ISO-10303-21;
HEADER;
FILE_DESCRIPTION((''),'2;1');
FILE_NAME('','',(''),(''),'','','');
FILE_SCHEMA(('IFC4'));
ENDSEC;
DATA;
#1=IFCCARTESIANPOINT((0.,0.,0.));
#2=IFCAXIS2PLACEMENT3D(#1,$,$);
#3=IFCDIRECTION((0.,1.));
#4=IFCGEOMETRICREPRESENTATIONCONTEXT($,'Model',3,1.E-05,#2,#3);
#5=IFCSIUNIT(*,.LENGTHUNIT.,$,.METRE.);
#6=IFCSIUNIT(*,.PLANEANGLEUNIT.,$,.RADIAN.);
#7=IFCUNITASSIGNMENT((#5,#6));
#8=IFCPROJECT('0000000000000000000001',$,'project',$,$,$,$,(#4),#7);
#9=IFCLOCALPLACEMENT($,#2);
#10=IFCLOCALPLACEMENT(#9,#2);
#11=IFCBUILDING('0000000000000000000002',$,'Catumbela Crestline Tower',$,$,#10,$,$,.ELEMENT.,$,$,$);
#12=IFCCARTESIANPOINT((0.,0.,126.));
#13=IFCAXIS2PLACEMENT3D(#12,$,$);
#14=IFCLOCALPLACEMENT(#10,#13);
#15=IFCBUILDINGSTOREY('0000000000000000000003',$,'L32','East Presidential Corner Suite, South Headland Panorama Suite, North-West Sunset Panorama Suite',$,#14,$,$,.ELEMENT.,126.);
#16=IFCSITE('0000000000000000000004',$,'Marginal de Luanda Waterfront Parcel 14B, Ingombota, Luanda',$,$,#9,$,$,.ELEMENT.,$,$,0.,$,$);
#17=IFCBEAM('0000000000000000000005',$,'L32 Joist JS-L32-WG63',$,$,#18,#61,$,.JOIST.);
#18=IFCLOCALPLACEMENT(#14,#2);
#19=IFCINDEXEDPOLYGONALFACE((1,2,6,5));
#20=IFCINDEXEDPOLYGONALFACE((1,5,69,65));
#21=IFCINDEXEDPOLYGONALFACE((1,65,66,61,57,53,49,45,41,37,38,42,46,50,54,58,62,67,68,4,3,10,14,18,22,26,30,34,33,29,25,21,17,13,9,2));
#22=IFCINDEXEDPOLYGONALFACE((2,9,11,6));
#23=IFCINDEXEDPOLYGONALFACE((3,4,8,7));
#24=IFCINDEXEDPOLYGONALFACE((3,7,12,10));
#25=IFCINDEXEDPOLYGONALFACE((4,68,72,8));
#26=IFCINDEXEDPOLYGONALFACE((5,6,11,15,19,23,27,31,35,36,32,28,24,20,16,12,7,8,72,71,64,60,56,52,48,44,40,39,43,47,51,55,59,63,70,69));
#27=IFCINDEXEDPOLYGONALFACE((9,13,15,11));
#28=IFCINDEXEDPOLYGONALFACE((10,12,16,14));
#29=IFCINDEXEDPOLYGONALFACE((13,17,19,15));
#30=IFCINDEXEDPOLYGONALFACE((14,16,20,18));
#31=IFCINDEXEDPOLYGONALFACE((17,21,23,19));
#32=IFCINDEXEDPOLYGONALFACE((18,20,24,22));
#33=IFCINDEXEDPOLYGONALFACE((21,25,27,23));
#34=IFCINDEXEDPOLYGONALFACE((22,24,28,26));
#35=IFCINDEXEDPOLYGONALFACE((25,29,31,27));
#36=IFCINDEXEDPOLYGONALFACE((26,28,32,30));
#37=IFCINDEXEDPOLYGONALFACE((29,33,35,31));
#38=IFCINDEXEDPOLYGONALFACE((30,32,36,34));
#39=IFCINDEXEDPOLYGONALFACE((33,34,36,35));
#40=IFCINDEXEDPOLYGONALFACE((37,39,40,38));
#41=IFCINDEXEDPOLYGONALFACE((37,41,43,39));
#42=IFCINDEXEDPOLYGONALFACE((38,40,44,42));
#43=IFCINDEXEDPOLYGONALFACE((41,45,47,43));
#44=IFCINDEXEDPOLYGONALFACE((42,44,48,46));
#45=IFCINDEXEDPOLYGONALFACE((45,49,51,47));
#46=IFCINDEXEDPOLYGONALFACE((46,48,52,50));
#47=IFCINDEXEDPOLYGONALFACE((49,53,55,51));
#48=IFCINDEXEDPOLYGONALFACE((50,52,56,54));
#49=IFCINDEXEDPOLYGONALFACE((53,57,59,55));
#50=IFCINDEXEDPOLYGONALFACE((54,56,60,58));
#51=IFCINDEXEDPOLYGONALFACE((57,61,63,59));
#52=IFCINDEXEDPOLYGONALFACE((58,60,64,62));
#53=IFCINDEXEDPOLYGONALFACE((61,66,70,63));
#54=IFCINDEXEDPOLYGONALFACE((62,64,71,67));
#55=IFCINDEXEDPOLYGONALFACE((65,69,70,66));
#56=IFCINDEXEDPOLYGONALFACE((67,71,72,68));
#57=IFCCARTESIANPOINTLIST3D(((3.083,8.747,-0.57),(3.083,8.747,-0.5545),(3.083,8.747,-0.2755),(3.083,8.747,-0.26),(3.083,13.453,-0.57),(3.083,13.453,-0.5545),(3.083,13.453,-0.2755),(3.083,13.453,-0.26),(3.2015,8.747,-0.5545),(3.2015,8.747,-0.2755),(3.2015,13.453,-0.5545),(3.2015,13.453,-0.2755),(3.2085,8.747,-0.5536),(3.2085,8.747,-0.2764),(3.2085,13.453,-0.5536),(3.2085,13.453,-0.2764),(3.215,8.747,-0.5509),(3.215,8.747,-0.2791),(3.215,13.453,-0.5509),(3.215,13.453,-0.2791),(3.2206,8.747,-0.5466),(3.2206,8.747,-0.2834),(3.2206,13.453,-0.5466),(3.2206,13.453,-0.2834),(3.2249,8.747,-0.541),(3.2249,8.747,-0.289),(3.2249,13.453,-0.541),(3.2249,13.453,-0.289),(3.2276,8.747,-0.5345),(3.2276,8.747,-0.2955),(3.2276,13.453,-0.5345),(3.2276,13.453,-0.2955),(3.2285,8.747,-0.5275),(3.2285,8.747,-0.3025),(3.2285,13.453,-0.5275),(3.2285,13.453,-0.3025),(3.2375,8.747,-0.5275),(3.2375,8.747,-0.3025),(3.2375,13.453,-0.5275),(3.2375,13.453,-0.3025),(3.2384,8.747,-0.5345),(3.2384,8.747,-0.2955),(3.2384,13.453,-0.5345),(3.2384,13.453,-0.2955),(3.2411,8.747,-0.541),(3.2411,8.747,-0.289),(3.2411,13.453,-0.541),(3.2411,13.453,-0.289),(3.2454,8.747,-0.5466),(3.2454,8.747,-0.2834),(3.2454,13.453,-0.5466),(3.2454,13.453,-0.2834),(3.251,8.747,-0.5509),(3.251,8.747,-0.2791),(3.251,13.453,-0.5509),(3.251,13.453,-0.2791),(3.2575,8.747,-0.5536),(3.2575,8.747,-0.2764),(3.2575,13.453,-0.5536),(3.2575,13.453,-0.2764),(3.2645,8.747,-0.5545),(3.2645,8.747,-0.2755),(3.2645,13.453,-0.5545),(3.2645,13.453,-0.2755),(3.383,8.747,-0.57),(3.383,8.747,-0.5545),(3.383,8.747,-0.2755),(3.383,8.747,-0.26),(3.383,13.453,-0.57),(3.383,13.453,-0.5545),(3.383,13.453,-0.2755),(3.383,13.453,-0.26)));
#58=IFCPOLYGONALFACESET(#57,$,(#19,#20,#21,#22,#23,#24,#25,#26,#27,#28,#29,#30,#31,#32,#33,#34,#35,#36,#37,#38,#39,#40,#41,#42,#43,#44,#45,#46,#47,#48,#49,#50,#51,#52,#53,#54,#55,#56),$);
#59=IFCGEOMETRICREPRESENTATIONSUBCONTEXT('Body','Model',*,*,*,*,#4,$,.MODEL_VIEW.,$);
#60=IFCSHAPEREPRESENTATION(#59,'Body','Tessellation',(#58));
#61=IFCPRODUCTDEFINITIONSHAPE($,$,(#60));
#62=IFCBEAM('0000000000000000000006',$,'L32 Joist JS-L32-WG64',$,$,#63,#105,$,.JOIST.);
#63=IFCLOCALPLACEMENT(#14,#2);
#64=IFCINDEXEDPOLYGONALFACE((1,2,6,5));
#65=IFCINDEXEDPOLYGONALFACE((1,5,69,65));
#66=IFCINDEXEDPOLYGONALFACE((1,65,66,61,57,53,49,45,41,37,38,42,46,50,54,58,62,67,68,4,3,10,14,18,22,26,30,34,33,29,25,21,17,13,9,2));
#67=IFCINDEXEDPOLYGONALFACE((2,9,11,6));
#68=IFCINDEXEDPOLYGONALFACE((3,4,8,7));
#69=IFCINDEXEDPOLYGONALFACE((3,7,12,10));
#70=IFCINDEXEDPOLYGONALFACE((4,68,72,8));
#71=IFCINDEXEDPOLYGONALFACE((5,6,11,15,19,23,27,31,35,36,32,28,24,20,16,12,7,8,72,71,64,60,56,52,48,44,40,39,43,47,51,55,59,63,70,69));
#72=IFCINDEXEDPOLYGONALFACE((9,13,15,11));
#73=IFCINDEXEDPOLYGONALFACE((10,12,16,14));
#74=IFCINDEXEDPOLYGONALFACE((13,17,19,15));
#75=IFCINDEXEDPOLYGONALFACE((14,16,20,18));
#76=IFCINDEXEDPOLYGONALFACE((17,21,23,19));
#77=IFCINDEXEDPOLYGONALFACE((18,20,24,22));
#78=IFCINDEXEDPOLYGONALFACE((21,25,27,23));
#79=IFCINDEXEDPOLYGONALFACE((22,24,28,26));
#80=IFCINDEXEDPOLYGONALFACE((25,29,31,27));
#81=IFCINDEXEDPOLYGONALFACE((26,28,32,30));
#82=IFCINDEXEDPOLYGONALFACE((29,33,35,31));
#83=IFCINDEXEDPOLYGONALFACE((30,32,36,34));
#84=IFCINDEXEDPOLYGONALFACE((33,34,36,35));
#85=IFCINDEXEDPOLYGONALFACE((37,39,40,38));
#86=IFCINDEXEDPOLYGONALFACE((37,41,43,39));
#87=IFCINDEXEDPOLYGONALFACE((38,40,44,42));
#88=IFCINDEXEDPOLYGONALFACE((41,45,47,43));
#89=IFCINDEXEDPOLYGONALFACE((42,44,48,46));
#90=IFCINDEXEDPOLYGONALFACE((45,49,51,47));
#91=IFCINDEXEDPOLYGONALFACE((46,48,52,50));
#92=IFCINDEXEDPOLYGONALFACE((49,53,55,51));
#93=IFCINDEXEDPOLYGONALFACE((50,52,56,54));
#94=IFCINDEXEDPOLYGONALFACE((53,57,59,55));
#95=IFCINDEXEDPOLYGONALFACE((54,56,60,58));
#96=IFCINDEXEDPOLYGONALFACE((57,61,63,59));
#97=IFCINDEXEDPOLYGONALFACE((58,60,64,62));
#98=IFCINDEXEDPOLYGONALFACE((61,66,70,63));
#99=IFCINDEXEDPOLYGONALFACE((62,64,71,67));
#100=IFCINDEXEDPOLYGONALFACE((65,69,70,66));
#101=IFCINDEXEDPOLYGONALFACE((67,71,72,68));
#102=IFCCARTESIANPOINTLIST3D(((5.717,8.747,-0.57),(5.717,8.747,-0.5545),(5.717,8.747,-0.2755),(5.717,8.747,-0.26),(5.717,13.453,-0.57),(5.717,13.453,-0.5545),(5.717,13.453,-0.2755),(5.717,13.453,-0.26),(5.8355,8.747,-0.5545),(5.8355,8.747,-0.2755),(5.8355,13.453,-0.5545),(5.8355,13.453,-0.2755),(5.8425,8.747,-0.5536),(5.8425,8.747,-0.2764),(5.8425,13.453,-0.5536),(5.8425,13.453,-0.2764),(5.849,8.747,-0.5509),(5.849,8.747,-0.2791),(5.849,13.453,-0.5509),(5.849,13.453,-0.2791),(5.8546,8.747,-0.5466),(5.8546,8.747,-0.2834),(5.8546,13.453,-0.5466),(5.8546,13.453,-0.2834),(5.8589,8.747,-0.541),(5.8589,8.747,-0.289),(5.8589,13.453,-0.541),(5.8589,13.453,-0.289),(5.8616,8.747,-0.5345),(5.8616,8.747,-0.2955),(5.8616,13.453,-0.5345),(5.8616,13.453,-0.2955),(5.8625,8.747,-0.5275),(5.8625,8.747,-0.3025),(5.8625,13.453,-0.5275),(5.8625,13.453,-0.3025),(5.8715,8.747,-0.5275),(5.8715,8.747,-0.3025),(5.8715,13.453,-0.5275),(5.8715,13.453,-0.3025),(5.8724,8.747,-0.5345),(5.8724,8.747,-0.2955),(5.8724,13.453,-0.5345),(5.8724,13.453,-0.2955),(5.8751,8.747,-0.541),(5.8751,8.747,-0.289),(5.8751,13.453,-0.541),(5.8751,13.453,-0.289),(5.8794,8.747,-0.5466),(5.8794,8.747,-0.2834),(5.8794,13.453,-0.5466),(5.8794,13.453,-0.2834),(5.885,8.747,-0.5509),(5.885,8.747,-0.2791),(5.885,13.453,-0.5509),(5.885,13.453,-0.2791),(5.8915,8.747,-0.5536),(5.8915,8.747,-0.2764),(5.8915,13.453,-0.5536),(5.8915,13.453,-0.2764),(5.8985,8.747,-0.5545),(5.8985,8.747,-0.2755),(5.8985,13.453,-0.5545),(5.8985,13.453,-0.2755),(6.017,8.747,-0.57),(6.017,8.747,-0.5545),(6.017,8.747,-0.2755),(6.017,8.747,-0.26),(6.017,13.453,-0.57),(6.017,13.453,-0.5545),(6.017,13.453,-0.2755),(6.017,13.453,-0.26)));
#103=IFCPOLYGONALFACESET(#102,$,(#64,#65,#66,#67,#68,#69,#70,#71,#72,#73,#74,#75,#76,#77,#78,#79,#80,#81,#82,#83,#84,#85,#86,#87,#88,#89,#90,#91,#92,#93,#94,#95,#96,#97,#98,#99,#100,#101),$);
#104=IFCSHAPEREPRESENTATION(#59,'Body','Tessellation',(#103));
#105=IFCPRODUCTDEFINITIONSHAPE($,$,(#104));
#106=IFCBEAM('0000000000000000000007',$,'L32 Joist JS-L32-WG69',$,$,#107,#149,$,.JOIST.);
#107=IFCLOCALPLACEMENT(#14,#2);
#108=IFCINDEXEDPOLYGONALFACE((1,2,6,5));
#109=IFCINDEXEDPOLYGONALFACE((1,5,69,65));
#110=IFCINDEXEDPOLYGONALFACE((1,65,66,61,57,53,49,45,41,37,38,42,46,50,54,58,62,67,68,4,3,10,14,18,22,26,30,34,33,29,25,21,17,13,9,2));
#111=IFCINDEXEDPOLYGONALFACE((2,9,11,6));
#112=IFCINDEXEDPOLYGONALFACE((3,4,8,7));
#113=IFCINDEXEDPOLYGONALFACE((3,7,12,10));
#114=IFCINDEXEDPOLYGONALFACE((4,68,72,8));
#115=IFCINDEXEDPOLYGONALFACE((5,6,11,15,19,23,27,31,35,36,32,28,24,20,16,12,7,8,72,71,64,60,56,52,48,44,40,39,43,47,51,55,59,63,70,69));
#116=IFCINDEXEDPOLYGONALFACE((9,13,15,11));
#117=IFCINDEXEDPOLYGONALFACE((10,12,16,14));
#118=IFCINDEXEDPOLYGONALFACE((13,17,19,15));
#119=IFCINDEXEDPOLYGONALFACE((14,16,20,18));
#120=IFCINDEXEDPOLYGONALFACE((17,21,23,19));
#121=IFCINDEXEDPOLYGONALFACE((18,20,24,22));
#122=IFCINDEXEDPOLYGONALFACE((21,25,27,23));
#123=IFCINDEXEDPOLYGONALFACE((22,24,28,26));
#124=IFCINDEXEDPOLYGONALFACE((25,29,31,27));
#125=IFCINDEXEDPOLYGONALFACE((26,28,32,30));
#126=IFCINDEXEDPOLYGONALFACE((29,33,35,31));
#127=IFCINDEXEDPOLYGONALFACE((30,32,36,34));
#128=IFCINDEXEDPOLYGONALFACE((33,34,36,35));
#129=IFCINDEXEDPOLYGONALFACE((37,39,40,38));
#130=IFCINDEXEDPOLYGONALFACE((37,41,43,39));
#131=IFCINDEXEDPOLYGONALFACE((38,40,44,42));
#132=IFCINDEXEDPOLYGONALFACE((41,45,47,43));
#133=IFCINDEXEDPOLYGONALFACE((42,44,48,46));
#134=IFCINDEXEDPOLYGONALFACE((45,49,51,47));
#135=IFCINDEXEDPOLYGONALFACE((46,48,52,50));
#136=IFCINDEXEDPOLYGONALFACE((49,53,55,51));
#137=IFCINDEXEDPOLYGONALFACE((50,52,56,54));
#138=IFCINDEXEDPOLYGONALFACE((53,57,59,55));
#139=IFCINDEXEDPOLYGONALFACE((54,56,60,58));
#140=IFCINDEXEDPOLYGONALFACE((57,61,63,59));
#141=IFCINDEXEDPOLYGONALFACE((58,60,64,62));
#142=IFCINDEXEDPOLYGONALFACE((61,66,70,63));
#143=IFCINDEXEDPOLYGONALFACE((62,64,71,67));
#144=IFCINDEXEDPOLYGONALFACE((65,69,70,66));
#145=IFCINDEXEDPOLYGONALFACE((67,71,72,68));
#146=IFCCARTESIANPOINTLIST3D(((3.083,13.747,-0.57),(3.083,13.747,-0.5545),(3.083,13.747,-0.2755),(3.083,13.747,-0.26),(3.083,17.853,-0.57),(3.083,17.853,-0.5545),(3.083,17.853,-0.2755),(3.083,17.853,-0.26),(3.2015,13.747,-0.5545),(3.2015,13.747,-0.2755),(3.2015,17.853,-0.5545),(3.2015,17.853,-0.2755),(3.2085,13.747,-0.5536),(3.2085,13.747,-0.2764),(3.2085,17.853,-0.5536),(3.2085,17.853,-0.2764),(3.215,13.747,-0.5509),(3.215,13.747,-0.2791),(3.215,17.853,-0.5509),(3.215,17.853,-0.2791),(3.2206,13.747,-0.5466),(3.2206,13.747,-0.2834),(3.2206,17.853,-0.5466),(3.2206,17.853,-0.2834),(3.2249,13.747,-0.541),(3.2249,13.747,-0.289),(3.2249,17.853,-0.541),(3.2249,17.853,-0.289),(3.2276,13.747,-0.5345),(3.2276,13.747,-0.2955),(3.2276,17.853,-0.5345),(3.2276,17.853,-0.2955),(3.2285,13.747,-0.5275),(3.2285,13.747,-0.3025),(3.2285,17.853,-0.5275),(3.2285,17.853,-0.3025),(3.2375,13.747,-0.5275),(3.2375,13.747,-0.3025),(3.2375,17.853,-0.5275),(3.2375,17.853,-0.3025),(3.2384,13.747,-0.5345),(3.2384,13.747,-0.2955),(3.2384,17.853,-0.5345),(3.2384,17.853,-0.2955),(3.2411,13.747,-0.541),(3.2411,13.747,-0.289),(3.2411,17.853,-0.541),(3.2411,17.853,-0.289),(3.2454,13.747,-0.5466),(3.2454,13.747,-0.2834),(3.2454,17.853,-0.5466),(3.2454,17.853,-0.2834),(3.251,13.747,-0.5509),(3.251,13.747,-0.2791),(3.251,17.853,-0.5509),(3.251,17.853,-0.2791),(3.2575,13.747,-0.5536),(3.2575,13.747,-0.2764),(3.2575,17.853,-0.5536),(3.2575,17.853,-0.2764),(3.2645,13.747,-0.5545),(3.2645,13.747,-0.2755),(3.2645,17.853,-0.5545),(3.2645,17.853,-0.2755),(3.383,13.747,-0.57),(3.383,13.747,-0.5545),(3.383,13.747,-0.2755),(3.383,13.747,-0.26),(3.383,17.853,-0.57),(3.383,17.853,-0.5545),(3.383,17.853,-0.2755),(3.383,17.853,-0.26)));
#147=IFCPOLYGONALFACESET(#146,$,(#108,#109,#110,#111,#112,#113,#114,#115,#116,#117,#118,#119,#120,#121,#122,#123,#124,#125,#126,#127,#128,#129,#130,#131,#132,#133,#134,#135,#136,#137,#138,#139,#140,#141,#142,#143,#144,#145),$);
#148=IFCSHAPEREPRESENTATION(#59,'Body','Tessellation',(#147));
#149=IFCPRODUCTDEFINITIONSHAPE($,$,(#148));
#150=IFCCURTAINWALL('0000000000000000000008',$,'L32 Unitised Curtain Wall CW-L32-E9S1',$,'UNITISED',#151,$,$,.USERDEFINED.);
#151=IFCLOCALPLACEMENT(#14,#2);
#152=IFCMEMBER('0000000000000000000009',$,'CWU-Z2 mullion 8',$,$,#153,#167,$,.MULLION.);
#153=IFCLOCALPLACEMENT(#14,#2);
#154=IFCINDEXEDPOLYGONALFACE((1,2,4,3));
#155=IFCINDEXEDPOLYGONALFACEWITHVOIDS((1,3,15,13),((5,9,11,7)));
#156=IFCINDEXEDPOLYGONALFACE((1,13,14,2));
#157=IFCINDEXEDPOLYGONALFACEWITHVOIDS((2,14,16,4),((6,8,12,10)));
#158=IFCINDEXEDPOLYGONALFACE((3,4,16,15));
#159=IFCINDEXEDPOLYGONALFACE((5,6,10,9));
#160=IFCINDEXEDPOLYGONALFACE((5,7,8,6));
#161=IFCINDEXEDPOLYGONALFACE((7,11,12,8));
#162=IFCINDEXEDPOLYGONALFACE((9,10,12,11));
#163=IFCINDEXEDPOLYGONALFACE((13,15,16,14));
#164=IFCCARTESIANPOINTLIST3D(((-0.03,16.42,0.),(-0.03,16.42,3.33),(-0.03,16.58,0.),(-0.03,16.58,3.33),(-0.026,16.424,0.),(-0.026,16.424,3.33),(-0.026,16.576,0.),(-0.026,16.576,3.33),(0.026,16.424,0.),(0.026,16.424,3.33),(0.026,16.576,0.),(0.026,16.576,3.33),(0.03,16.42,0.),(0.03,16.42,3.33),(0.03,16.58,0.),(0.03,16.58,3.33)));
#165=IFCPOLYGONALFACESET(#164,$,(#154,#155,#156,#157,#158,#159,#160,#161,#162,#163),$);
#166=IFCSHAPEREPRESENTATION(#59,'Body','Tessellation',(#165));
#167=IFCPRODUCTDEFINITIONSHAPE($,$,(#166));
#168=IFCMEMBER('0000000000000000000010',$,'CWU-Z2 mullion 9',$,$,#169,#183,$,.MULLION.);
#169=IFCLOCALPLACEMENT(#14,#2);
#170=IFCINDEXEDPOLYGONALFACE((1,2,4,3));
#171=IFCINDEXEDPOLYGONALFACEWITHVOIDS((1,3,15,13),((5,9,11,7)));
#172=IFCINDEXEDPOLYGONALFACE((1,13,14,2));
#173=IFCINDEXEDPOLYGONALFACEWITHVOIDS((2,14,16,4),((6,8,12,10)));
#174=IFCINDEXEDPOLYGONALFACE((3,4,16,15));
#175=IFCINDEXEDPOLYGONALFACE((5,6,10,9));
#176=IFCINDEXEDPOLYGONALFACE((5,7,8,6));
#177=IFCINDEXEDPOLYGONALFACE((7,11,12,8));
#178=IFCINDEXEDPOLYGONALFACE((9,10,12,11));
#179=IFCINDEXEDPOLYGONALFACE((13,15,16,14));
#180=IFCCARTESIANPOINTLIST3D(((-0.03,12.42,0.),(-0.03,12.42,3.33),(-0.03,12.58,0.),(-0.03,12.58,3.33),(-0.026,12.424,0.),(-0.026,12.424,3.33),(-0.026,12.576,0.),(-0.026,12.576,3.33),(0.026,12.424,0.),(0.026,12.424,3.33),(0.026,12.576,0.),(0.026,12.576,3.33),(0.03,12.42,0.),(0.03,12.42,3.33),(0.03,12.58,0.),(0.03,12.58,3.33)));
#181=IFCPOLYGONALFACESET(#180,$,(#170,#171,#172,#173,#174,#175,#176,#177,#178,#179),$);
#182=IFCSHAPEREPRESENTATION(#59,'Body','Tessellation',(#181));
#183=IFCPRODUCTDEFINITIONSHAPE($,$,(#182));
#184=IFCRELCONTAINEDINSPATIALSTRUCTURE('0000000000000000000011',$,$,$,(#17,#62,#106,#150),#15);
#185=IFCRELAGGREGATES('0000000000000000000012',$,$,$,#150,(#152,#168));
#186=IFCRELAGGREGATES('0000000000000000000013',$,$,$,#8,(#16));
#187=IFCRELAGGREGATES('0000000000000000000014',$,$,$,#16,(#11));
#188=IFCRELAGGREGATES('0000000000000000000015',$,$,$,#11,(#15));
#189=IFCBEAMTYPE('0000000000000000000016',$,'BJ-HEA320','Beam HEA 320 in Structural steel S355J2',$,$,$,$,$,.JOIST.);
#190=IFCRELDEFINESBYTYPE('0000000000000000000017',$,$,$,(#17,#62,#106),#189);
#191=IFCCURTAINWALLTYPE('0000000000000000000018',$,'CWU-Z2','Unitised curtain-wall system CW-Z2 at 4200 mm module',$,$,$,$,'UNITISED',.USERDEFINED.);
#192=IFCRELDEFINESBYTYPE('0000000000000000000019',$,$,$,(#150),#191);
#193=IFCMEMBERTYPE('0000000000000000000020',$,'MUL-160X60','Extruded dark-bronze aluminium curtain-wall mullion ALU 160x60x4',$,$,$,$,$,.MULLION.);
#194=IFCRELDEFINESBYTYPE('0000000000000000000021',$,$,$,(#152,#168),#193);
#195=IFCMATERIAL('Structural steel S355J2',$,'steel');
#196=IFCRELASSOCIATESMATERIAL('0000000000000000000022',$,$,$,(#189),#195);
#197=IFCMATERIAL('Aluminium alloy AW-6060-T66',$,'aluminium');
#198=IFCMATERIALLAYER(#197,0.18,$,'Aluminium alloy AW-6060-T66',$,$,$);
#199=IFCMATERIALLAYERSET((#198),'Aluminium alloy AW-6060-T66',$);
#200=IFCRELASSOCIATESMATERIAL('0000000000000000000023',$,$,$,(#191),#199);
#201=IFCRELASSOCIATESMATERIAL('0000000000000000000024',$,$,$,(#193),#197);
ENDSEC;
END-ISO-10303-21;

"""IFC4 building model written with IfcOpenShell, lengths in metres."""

from ifc_helpers import new_model, si_unit, direction, frame, origin, origin_2d, place, context, subcontext, project, spatial, hollow_rectangle, i_section, extrude, material, layer, layer_set, material_profile, profile_set, type_object, element, aggregate, save


model = new_model("IFC4")

# Units and contexts
model_context = context("Model", 3, precision=1e-05, world=origin(), true_north=direction((0.0, 1.0)))
body_context = subcontext(model_context, "Body", "Model", "MODEL_VIEW")
ifc_project = project(units=[si_unit("LENGTHUNIT", "METRE"), si_unit("PLANEANGLEUNIT", "RADIAN")], contexts=[model_context])

# Site, building, storey
site_placement = place(None, origin())
site = spatial("IfcSite", under=ifc_project, at=site_placement, Name="Marginal de Luanda Waterfront Parcel 14B, Ingombota, Luanda", CompositionType="ELEMENT", RefElevation=0.0)
building_placement = place(site_placement, origin())
building = spatial("IfcBuilding", under=site, at=building_placement, Name="Catumbela Crestline Tower", CompositionType="ELEMENT")
storey_placement = place(building_placement, frame((0.0, 0.0, 126.0)))
storey = spatial("IfcBuildingStorey", under=building, at=storey_placement, Name="L32", Description="East Presidential Corner Suite, South Headland Panorama Suite, North-West Sunset Panorama Suite", CompositionType="ELEMENT", Elevation=126.0)

# Beams
ifc_material_1 = material(Name="Structural steel S355J2", Category="steel")
ifc_material_profile_1 = material_profile(ifc_material_1, i_section(OverallWidth=0.3, OverallDepth=0.31, WebThickness=0.009, FlangeThickness=0.0155, FilletRadius=0.027, at=origin_2d()), Name="HEA 320")
ifc_profile_set_1 = profile_set([ifc_material_profile_1], Name="Structural steel S355J2")
beam_type_1 = type_object("IfcBeamType", Name="BJ-HEA320", Description="Beam HEA 320 in Structural steel S355J2", PredefinedType="JOIST", material=ifc_profile_set_1)
for number, where, z_axis, x_axis, name in (
    (1, (3.233, 8.747, -0.415), (0.0, 1.0, 0.0), (-1.0, 0.0, 0.0), "L32 Joist JS-L32-WG63"),
    (2, (5.867, 8.747, -0.415), (0.0, 1.0, 0.0), (-1.0, 0.0, 0.0), "L32 Joist JS-L32-WG64"),
):
    element("IfcBeam", number, at=place(storey_placement, frame(where, z_axis=z_axis, x_axis=x_axis)), inside=storey, type_object=beam_type_1, Name=name, PredefinedType="JOIST", context=body_context, shape_type="SweptSolid", body=[
        extrude(i_section(OverallWidth=0.3, OverallDepth=0.31, WebThickness=0.009, FlangeThickness=0.0155, FilletRadius=0.027, at=origin_2d()), origin(), (0.0, 0.0, 1.0), 4.706),
    ])
beam_1_placement = place(storey_placement, frame((3.233, 13.747, -0.415), z_axis=(0.0, 1.0, 0.0), x_axis=(-1.0, 0.0, 0.0)))
element("IfcBeam", 3, at=beam_1_placement, inside=storey, type_object=beam_type_1, Name="L32 Joist JS-L32-WG69", PredefinedType="JOIST", context=body_context, shape_type="SweptSolid", body=[
    extrude(i_section(OverallWidth=0.3, OverallDepth=0.31, WebThickness=0.009, FlangeThickness=0.0155, FilletRadius=0.027, at=origin_2d()), origin(), (0.0, 0.0, 1.0), 4.106),
])

# Curtain wall, members
ifc_material_2 = material(Name="Aluminium alloy AW-6060-T66", Category="aluminium")
ifc_layer_1 = layer(ifc_material_2, 0.18, Name="Aluminium alloy AW-6060-T66")
ifc_layer_set_1 = layer_set([ifc_layer_1], Name="Aluminium alloy AW-6060-T66")
curtain_wall_type = type_object("IfcCurtainWallType", Name="CWU-Z2", Description="Unitised curtain-wall system CW-Z2 at 4200 mm module", ElementType="UNITISED", PredefinedType="USERDEFINED", material=ifc_layer_set_1)
curtain_wall_placement = place(storey_placement, origin())
curtain_wall = element("IfcCurtainWall", 4, at=curtain_wall_placement, inside=storey, type_object=curtain_wall_type, Name="L32 Unitised Curtain Wall CW-L32-E9S1", ObjectType="UNITISED", PredefinedType="USERDEFINED")
ifc_material_profile_2 = material_profile(ifc_material_2, hollow_rectangle(XDim=0.06, YDim=0.16, WallThickness=0.004, at=origin_2d()), Name="ALU 160x60x4")
ifc_profile_set_2 = profile_set([ifc_material_profile_2], Name="Aluminium alloy AW-6060-T66")
member_type_1 = type_object("IfcMemberType", Name="MUL-160X60", Description="Extruded dark-bronze aluminium curtain-wall mullion ALU 160x60x4", PredefinedType="MULLION", material=ifc_profile_set_2)
member_1_placement = place(storey_placement, frame((0.0, 16.5, 0.0), z_axis=(0.0, 0.0, 1.0), x_axis=(1.0, 0.0, 0.0)))
member_1 = element("IfcMember", 5, at=member_1_placement, type_object=member_type_1, Name="CWU-Z2 mullion 8", PredefinedType="MULLION", context=body_context, shape_type="SweptSolid", body=[
    extrude(hollow_rectangle(XDim=0.06, YDim=0.16, WallThickness=0.004, at=origin_2d()), origin(), (0.0, 0.0, 1.0), 3.33),
])
member_2_placement = place(storey_placement, frame((0.0, 12.5, 0.0), z_axis=(0.0, 0.0, 1.0), x_axis=(1.0, 0.0, 0.0)))
member_2 = element("IfcMember", 6, at=member_2_placement, type_object=member_type_1, Name="CWU-Z2 mullion 9", PredefinedType="MULLION", context=body_context, shape_type="SweptSolid", body=[
    extrude(hollow_rectangle(XDim=0.06, YDim=0.16, WallThickness=0.004, at=origin_2d()), origin(), (0.0, 0.0, 1.0), 3.33),
])

aggregate(curtain_wall, [member_1, member_2])

save(model, "model.ifc")
